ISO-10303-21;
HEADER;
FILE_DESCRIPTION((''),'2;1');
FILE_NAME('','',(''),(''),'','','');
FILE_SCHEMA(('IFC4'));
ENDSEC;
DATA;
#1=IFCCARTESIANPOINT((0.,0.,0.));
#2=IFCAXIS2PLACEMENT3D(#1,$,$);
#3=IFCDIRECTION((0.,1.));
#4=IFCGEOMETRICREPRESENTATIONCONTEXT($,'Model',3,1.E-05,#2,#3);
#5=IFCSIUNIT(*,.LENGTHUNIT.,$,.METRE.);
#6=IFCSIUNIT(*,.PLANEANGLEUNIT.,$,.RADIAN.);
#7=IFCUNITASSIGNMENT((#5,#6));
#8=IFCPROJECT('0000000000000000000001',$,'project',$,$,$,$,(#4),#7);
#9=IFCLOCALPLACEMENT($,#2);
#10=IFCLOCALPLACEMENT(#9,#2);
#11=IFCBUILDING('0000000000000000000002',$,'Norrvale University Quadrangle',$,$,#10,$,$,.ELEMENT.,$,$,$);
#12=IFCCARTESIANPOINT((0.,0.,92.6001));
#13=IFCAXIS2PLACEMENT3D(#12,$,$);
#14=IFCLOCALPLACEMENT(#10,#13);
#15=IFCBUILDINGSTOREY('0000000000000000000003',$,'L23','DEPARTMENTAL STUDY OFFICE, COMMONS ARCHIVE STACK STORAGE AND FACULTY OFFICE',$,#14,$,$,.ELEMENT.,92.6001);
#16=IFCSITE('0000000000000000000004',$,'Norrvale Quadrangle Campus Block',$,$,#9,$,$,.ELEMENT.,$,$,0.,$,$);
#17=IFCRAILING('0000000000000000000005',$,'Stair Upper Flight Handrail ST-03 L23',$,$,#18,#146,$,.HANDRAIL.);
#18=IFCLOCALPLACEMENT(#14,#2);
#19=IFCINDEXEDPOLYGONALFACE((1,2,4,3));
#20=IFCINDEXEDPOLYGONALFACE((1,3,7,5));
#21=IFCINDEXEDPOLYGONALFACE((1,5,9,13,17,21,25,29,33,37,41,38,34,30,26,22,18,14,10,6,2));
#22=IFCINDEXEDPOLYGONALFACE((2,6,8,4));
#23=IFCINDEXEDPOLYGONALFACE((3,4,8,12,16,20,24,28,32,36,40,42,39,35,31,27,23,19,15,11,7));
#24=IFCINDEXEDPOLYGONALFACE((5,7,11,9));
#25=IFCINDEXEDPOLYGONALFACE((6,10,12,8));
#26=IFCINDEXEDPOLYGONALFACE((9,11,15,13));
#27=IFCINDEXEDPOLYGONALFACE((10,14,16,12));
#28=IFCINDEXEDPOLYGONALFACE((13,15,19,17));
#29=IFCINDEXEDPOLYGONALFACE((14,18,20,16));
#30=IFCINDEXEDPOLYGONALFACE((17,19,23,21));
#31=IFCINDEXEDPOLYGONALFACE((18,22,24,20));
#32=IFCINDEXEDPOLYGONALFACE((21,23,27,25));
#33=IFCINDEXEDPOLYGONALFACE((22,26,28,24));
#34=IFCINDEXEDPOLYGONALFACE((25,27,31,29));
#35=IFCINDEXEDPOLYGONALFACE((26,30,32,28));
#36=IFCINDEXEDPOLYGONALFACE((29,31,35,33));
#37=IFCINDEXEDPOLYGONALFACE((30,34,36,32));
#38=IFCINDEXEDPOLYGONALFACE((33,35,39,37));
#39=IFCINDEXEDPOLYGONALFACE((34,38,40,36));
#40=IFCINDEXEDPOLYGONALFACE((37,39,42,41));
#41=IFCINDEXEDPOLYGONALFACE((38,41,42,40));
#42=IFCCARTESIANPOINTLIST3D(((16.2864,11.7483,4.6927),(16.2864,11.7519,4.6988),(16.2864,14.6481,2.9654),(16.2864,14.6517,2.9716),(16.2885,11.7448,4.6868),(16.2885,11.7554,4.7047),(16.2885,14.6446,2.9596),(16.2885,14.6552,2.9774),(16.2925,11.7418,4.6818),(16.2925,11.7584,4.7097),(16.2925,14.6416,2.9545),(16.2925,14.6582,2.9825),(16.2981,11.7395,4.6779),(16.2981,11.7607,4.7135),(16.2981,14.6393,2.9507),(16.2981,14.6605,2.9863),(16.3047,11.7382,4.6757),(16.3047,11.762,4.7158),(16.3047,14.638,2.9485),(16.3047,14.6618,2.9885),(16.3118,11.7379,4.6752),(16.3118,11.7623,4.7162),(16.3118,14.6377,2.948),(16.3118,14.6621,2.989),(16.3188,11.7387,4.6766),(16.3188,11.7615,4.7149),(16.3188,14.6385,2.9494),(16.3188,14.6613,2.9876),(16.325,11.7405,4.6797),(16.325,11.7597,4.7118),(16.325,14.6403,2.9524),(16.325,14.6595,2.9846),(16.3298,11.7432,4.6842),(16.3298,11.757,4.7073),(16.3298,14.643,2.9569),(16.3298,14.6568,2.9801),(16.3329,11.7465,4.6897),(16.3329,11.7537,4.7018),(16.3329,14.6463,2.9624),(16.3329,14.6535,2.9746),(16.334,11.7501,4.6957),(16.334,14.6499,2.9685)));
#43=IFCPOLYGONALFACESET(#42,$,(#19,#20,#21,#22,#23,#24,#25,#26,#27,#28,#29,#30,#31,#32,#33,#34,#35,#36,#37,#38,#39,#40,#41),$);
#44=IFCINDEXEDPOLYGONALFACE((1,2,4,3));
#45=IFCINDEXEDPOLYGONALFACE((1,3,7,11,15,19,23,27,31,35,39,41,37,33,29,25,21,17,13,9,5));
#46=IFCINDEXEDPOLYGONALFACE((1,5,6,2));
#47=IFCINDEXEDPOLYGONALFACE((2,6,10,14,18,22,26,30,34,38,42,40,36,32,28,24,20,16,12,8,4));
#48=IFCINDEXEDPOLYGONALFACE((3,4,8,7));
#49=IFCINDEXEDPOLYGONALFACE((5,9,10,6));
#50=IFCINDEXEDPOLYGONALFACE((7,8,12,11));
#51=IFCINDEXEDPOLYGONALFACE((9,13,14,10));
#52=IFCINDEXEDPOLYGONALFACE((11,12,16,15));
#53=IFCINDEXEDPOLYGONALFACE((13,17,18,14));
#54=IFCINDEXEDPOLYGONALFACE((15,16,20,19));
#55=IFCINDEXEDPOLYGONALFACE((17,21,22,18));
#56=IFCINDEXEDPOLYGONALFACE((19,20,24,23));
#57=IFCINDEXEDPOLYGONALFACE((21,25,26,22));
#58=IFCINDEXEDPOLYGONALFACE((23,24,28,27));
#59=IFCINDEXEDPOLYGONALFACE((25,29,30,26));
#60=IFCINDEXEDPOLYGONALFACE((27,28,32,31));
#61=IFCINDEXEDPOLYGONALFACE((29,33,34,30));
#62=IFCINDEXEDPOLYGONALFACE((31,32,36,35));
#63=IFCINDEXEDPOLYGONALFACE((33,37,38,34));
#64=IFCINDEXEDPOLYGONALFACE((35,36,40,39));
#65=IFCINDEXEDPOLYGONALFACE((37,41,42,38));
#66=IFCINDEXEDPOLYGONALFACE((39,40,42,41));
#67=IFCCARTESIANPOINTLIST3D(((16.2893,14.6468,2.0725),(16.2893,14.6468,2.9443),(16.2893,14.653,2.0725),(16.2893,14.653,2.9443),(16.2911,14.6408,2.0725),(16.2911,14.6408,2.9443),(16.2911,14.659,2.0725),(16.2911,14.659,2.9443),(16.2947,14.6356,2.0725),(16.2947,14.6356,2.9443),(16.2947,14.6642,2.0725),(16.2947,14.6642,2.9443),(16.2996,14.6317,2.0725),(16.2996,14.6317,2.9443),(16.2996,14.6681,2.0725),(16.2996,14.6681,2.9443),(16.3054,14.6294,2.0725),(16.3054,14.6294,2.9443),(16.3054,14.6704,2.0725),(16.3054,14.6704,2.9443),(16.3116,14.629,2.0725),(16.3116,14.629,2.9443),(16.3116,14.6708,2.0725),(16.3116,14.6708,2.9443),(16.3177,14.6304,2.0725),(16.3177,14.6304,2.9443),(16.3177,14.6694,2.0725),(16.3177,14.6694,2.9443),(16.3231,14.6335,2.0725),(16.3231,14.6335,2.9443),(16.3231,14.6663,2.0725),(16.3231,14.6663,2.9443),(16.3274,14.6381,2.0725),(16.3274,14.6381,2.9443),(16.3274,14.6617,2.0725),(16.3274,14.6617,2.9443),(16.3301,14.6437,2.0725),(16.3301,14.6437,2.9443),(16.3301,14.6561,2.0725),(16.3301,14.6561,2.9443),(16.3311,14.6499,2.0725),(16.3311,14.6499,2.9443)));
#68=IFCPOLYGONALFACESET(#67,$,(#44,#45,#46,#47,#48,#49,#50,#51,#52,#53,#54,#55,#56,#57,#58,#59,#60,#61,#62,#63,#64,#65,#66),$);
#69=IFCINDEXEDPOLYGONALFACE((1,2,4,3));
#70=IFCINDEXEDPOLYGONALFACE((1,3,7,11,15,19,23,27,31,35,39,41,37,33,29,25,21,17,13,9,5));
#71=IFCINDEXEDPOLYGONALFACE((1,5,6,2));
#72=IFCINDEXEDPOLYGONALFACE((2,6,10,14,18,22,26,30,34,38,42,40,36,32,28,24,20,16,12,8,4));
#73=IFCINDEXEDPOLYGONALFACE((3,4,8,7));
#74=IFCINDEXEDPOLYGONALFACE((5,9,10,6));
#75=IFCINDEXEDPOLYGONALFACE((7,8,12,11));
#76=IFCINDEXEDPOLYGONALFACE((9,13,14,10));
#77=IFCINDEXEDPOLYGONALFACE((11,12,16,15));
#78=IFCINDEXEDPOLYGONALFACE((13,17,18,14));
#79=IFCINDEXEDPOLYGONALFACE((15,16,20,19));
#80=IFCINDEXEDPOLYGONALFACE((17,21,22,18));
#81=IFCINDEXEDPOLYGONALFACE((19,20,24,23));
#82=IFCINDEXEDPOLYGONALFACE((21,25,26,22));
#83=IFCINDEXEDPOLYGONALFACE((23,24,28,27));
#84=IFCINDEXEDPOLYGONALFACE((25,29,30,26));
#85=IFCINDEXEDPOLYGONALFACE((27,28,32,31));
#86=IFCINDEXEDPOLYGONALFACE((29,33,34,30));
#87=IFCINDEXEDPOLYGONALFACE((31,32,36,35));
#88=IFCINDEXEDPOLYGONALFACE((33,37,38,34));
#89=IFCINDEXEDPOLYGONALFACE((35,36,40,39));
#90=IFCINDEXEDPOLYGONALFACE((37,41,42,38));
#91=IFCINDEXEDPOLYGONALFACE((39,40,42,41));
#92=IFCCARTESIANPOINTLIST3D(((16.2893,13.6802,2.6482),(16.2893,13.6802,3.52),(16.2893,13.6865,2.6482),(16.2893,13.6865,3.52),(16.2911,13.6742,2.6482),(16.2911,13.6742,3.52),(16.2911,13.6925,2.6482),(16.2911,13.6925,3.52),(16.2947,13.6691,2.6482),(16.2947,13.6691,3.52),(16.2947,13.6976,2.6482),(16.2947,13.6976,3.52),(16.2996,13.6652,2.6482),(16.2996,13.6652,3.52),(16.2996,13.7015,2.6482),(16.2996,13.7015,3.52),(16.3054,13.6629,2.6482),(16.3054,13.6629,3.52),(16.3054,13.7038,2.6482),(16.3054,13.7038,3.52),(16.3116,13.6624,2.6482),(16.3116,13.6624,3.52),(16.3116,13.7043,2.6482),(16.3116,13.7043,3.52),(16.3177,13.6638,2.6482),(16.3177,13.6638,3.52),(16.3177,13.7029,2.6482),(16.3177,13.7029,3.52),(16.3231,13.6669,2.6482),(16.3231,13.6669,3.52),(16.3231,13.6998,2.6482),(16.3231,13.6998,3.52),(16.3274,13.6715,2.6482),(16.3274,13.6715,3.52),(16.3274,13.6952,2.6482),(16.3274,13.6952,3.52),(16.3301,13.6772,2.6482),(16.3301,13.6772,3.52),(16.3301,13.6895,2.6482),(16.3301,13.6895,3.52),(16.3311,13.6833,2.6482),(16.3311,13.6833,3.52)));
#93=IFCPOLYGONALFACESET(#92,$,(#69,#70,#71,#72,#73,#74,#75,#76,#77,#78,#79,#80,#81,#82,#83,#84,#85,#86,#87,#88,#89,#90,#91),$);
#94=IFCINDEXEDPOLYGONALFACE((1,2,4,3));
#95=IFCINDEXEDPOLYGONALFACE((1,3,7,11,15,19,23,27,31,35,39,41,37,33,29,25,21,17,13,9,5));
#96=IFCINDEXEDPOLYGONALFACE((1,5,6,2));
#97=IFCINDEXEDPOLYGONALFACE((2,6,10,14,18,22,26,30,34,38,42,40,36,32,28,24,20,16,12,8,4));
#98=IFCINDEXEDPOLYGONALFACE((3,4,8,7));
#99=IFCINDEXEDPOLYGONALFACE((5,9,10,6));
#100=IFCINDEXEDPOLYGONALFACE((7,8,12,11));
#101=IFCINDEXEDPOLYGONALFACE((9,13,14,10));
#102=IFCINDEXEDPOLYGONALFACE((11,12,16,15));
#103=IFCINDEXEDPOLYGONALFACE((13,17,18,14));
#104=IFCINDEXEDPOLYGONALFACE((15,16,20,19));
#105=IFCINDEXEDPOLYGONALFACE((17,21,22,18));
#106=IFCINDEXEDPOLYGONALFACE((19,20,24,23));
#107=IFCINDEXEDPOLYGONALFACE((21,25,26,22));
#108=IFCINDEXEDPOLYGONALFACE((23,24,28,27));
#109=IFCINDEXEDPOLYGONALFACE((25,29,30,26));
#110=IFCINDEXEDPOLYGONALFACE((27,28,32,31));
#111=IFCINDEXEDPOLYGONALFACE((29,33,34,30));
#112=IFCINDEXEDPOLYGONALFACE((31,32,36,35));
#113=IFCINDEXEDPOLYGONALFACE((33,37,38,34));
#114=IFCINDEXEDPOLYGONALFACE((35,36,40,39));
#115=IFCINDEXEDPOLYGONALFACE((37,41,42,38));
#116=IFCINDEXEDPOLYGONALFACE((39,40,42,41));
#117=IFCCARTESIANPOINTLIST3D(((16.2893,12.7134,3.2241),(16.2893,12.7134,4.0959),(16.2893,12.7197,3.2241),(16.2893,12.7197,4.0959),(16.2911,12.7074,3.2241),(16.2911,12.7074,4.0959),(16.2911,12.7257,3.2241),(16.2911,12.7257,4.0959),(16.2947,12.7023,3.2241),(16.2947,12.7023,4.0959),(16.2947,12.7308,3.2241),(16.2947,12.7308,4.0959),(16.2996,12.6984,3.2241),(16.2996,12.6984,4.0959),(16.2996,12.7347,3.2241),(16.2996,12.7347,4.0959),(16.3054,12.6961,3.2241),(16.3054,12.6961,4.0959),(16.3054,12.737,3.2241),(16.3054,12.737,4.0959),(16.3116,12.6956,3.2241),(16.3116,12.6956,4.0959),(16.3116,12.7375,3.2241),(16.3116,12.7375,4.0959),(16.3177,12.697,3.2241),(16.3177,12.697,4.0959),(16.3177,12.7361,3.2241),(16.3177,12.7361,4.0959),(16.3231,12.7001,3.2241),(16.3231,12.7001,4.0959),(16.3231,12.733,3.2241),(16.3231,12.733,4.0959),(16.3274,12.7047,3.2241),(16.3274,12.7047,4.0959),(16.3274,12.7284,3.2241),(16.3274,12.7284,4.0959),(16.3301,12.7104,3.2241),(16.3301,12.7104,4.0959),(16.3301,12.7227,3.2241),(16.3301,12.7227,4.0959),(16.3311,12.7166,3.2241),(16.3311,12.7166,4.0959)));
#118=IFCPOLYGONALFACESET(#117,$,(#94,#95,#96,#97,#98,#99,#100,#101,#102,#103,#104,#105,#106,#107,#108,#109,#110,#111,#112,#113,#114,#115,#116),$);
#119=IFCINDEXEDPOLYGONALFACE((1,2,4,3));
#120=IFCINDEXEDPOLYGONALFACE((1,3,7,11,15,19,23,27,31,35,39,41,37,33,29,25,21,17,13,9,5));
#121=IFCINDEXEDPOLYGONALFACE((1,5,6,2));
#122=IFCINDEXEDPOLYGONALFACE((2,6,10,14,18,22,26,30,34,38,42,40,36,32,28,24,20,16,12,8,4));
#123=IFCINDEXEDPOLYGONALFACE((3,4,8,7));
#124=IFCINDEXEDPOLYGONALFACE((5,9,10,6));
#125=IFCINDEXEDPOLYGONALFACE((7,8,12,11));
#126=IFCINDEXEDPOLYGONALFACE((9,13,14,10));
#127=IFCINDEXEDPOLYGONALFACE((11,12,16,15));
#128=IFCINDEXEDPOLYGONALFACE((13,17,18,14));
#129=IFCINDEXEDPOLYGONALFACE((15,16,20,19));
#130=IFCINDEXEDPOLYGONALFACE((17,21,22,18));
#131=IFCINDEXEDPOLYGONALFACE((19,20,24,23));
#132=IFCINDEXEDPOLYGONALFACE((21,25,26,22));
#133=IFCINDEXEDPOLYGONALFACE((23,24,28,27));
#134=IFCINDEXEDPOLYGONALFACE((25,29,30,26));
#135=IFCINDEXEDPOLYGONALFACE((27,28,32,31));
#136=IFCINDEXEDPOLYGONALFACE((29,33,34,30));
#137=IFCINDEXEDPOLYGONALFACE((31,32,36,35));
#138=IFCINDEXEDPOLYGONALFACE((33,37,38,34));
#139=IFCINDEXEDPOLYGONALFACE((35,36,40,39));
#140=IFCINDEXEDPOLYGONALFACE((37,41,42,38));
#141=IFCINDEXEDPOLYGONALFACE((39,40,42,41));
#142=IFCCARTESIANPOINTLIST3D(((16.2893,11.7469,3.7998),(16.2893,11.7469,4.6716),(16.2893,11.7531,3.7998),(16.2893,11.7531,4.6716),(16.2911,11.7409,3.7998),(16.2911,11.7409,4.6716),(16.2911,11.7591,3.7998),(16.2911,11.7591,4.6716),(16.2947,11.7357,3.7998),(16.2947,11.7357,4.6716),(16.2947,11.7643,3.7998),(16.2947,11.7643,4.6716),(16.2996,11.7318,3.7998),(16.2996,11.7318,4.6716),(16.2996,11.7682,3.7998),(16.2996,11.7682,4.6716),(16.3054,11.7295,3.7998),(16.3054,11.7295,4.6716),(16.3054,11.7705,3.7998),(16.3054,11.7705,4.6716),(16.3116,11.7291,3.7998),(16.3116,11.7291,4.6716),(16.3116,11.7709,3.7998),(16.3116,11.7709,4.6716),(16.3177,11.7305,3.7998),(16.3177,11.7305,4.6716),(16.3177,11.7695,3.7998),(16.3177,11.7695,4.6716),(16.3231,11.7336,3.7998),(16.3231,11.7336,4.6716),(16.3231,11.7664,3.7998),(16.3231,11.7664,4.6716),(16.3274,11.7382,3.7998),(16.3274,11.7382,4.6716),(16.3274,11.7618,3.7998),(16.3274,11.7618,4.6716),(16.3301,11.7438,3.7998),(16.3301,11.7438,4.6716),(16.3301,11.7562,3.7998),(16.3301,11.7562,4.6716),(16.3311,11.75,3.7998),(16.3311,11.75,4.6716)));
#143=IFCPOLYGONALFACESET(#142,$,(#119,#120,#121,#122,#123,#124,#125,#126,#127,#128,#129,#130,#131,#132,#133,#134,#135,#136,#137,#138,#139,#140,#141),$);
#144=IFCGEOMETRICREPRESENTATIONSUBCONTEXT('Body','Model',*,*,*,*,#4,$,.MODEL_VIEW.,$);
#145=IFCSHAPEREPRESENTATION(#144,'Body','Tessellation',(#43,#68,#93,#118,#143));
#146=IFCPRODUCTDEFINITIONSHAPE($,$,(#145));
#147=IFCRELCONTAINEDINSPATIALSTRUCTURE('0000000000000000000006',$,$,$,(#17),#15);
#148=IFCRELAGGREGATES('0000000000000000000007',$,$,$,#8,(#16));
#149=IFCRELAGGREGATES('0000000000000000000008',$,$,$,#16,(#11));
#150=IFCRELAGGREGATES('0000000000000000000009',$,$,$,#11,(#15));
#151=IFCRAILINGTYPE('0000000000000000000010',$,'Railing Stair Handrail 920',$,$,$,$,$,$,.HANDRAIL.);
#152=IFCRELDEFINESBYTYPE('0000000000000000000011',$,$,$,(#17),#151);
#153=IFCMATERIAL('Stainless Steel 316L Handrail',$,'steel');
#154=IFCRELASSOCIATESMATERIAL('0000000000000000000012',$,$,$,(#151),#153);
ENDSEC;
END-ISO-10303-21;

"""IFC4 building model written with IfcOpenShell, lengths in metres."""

from ifc_helpers import new_model, si_unit, direction, frame, origin, origin_2d, place, context, subcontext, project, spatial, circle, extrude, material, type_object, element, save


model = new_model("IFC4")

# Units and contexts
model_context = context("Model", 3, precision=1e-05, world=origin(), true_north=direction((0.0, 1.0)))
body_context = subcontext(model_context, "Body", "Model", "MODEL_VIEW")
ifc_project = project(units=[si_unit("LENGTHUNIT", "METRE"), si_unit("PLANEANGLEUNIT", "RADIAN")], contexts=[model_context])

# Site, building, storey
site_placement = place(None, origin())
site = spatial("IfcSite", under=ifc_project, at=site_placement, Name="Norrvale Quadrangle Campus Block", CompositionType="ELEMENT", RefElevation=0.0)
building_placement = place(site_placement, origin())
building = spatial("IfcBuilding", under=site, at=building_placement, Name="Norrvale University Quadrangle", CompositionType="ELEMENT")
storey_placement = place(building_placement, frame((0.0, 0.0, 92.6001)))
storey = spatial("IfcBuildingStorey", under=building, at=storey_placement, Name="L23", Description="DEPARTMENTAL STUDY OFFICE, COMMONS ARCHIVE STACK STORAGE AND FACULTY OFFICE", CompositionType="ELEMENT", Elevation=92.6001)

# Railing
ifc_material_1 = material(Name="Stainless Steel 316L Handrail", Category="steel")
railing_type_1 = type_object("IfcRailingType", Name="Railing Stair Handrail 920", PredefinedType="HANDRAIL", material=ifc_material_1)
railing_1_placement = place(storey_placement, frame((16.3101, 14.6499, 2.0725)))
element("IfcRailing", 1, at=railing_1_placement, inside=storey, type_object=railing_type_1, Name="Stair Upper Flight Handrail ST-03 L23", PredefinedType="HANDRAIL", context=body_context, shape_type="SweptSolid", body=[
    extrude(circle(Radius=0.0239, at=origin_2d()), frame((0.0, 0.0, 0.896), z_axis=(0.0, -0.859141, 0.511738), x_axis=(1.0, 0.0, 0.0)), (0.0, 0.0, 1.0), 3.3752),
    extrude(circle(Radius=0.021, at=origin_2d()), origin(), (0.0, 0.0, 1.0), 0.8718),
    extrude(circle(Radius=0.021, at=origin_2d()), frame((0.0, -0.9666, 0.5757)), (0.0, 0.0, 1.0), 0.8718),
    extrude(circle(Radius=0.021, at=origin_2d()), frame((0.0, -1.9333, 1.1516)), (0.0, 0.0, 1.0), 0.8718),
    extrude(circle(Radius=0.021, at=origin_2d()), frame((0.0, -2.8999, 1.7273)), (0.0, 0.0, 1.0), 0.8718),
])

save(model, "model.ifc")
